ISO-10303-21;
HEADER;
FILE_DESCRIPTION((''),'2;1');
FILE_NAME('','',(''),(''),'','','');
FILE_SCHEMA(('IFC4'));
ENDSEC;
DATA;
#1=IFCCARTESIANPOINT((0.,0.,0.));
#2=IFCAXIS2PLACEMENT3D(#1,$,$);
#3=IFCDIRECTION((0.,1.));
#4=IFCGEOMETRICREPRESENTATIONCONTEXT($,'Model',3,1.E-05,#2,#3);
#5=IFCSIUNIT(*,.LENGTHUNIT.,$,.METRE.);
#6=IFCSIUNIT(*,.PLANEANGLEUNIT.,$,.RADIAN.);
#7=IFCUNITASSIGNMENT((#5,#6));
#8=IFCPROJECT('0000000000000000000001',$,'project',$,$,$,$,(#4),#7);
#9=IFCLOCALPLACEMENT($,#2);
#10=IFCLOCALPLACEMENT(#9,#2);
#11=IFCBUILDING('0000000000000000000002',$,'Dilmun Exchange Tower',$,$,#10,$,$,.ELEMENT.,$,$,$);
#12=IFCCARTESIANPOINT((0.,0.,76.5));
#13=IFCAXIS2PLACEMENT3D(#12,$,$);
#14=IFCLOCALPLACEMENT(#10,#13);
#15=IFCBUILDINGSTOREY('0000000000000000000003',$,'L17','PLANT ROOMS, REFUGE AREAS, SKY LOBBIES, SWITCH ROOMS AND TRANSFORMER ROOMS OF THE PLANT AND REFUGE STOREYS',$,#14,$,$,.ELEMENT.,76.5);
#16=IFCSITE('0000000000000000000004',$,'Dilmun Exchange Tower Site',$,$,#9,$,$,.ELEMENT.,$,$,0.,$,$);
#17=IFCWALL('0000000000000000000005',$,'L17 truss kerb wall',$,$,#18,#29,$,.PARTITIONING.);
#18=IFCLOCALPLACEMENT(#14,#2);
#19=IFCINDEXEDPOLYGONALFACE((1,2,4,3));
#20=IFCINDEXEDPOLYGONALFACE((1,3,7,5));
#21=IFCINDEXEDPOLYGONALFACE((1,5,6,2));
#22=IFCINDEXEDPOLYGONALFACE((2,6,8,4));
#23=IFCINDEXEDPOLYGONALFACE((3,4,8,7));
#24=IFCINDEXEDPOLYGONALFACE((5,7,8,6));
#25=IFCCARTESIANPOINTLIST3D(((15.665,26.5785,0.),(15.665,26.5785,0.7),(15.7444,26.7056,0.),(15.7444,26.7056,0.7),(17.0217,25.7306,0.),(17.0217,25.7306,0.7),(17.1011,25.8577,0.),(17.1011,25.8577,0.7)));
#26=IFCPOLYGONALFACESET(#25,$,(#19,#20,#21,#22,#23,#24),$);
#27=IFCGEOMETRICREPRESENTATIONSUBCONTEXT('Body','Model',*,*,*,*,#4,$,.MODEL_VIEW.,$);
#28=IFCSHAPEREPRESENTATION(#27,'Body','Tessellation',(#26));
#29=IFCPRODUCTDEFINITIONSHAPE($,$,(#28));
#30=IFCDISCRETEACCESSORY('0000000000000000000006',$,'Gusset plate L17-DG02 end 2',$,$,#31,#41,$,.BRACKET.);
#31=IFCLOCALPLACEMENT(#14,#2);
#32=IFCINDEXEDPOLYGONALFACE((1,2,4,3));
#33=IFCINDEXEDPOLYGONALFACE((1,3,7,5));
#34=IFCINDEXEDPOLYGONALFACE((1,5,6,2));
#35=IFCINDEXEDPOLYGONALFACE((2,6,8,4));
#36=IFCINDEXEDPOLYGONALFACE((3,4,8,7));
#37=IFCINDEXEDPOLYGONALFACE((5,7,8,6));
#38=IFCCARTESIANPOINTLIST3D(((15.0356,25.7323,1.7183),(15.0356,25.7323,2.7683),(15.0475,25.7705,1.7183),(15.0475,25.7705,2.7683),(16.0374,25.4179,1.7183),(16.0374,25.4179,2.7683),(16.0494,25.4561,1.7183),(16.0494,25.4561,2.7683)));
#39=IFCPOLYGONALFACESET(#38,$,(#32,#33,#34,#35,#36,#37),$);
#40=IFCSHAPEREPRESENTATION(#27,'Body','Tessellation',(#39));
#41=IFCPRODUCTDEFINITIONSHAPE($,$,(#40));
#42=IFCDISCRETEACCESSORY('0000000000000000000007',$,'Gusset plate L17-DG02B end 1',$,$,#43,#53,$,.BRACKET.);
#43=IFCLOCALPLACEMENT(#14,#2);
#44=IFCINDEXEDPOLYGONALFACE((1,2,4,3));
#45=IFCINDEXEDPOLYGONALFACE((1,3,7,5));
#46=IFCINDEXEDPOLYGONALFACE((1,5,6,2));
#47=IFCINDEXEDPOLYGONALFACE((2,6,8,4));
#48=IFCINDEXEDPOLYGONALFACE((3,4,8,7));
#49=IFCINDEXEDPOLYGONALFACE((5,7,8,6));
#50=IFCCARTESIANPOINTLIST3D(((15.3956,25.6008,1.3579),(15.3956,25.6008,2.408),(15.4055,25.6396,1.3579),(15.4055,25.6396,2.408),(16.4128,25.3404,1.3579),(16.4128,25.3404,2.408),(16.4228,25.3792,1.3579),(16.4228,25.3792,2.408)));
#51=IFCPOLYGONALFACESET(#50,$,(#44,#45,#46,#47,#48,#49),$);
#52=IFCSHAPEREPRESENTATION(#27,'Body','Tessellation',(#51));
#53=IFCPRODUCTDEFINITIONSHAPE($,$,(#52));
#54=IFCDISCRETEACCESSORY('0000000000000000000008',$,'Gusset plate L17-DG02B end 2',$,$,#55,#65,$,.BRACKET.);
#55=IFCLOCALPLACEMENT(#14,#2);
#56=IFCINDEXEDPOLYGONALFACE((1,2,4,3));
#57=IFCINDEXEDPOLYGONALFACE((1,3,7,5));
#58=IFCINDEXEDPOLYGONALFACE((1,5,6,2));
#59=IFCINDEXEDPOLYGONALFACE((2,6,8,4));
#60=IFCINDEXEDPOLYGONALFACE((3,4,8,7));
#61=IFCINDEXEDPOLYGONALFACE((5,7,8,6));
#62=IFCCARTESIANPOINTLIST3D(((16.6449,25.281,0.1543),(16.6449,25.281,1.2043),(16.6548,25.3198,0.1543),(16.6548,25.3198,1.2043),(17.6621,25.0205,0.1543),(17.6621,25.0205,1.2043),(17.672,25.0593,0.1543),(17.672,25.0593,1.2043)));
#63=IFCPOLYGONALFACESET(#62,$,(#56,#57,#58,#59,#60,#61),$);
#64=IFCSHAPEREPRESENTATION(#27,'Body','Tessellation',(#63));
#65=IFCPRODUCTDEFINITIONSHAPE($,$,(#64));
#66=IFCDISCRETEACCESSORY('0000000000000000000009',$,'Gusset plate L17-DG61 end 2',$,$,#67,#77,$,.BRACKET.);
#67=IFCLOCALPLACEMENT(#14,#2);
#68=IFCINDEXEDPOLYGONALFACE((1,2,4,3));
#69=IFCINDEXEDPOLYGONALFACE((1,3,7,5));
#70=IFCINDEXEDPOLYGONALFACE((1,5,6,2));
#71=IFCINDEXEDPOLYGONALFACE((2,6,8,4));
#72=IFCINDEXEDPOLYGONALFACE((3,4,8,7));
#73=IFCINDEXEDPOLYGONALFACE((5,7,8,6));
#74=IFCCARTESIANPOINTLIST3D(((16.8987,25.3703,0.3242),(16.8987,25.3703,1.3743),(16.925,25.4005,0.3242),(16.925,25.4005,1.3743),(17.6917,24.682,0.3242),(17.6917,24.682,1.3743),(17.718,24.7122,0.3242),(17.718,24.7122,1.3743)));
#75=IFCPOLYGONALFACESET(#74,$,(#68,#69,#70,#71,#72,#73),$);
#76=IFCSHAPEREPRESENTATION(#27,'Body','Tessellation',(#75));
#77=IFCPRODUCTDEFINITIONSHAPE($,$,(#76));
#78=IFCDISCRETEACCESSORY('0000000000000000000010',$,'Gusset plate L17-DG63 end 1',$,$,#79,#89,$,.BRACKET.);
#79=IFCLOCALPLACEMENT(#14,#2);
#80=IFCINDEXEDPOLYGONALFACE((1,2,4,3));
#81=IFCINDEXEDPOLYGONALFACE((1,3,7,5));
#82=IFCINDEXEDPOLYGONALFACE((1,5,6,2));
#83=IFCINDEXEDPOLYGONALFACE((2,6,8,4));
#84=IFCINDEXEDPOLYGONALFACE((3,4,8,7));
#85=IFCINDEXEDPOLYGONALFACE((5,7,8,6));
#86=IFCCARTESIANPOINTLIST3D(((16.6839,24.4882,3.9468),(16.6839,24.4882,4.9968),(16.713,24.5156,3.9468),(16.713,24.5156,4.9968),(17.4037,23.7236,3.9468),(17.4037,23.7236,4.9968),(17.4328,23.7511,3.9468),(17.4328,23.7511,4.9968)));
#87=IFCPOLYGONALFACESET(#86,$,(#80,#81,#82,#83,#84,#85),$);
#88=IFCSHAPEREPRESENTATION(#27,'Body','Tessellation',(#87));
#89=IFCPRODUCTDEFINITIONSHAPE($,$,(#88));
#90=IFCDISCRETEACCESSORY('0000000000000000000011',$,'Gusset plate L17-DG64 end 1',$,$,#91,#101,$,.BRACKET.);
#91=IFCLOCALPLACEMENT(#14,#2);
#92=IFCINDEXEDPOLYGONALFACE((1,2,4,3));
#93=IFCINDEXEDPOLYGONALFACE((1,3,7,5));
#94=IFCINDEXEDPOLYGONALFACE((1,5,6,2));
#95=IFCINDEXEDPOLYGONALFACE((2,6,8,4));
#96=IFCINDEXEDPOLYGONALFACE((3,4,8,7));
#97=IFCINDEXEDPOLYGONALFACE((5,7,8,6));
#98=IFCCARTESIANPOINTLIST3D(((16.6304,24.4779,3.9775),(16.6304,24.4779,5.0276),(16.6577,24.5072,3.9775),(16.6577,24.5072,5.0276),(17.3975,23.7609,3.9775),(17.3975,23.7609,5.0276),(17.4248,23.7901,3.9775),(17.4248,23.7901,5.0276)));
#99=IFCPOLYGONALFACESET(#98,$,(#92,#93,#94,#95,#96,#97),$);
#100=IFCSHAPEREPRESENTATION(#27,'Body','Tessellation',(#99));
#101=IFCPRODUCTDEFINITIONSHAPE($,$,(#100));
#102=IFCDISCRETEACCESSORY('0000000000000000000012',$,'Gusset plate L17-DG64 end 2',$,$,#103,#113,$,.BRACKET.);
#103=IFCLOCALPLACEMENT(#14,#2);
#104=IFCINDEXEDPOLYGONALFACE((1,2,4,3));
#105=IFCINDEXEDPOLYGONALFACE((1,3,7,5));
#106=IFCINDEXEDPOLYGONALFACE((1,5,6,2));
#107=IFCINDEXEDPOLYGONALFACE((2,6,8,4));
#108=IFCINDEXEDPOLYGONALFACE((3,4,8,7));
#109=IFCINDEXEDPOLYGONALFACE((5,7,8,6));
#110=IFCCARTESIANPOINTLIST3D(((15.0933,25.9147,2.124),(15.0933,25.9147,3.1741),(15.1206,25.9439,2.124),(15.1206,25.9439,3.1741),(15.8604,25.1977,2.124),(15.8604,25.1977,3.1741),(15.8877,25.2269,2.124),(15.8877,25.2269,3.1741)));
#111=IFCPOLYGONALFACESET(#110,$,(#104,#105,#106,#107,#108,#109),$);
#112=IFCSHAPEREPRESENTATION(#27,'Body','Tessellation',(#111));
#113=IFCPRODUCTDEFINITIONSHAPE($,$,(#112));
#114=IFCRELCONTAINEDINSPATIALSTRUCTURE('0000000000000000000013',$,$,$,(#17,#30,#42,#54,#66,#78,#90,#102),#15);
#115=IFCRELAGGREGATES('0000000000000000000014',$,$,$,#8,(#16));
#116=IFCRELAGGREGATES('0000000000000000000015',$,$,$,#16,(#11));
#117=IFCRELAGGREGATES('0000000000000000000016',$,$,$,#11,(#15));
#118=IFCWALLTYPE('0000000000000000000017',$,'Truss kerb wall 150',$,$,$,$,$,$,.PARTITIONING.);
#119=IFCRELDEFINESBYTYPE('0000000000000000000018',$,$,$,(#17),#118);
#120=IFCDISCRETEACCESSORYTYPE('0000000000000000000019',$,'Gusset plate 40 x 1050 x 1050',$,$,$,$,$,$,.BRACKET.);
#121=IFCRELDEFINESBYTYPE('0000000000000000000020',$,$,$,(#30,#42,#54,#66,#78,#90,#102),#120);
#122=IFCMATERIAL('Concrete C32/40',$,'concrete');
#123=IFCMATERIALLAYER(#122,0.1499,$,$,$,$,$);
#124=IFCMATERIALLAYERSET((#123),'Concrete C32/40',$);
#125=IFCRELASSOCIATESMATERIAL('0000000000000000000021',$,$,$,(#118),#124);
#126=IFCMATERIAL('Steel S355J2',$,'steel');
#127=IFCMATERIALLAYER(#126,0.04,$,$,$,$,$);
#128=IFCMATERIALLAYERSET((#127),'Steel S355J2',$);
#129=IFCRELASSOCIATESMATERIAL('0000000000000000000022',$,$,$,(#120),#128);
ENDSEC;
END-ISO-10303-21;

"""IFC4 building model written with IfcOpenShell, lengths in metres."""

from ifc_helpers import new_model, si_unit, direction, frame, frame_2d, origin, origin_2d, place, context, subcontext, project, spatial, rectangle, extrude, material, layer, layer_set, type_object, element, save


model = new_model("IFC4")

# Units and contexts
model_context = context("Model", 3, precision=1e-05, world=origin(), true_north=direction((0.0, 1.0)))
body_context = subcontext(model_context, "Body", "Model", "MODEL_VIEW")
ifc_project = project(units=[si_unit("LENGTHUNIT", "METRE"), si_unit("PLANEANGLEUNIT", "RADIAN")], contexts=[model_context])

# Site, building, storey
site_placement = place(None, origin())
site = spatial("IfcSite", under=ifc_project, at=site_placement, Name="Dilmun Exchange Tower Site", CompositionType="ELEMENT", RefElevation=0.0)
building_placement = place(site_placement, origin())
building = spatial("IfcBuilding", under=site, at=building_placement, Name="Dilmun Exchange Tower", CompositionType="ELEMENT")
storey_placement = place(building_placement, frame((0.0, 0.0, 76.5)))
storey = spatial("IfcBuildingStorey", under=building, at=storey_placement, Name="L17", Description="PLANT ROOMS, REFUGE AREAS, SKY LOBBIES, SWITCH ROOMS AND TRANSFORMER ROOMS OF THE PLANT AND REFUGE STOREYS", CompositionType="ELEMENT", Elevation=76.5)

# Wall
ifc_material_1 = material(Name="Concrete C32/40", Category="concrete")
ifc_layer_1 = layer(ifc_material_1, 0.1499)
ifc_layer_set_1 = layer_set([ifc_layer_1], Name="Concrete C32/40")
wall_type_1 = type_object("IfcWallType", Name="Truss kerb wall 150", PredefinedType="PARTITIONING", material=ifc_layer_set_1)
wall_1_placement = place(storey_placement, frame((17.0613, 25.7942, 0.0), z_axis=(0.0, 0.0, 1.0), x_axis=(-0.848007, 0.529985, 0.0)))
element("IfcWall", 1, at=wall_1_placement, inside=storey, type_object=wall_type_1, Name="L17 truss kerb wall", PredefinedType="PARTITIONING", context=body_context, shape_type="SweptSolid", body=[
    extrude(rectangle(XDim=1.5999, YDim=0.1499, at=frame_2d((0.7998, 0.0))), origin(), (0.0, 0.0, 1.0), 0.7),
])

# Discrete accessories
ifc_material_2 = material(Name="Steel S355J2", Category="steel")
ifc_layer_2 = layer(ifc_material_2, 0.04)
ifc_layer_set_2 = layer_set([ifc_layer_2], Name="Steel S355J2")
discrete_accessory_type = type_object("IfcDiscreteAccessoryType", Name="Gusset plate 40 x 1050 x 1050", PredefinedType="BRACKET", material=ifc_layer_set_2)
for number, where, z_axis, x_axis, name in (
    (2, (15.5425, 25.5942, 1.7183), (0.0, 0.0, 1.0), (0.954118, -0.299432, 0.0), "Gusset plate L17-DG02 end 2"),
    (3, (15.9092, 25.49, 1.3579), (0.0, 0.0, 1.0), (0.968752, -0.248031, 0.0), "Gusset plate L17-DG02B end 1"),
    (4, (17.1584, 25.1702, 0.1543), (0.0, 0.0, 1.0), (0.968752, -0.248031, 0.0), "Gusset plate L17-DG02B end 2"),
    (5, (17.3083, 25.0413, 0.3242), (0.0, 0.0, 1.0), (-0.755189, 0.655507, 0.0), "Gusset plate L17-DG61 end 2"),
    (6, (17.0583, 24.1196, 3.9468), (0.0, 0.0, 1.0), (-0.685479, 0.728092, 0.0), "Gusset plate L17-DG63 end 1"),
    (7, (17.0276, 24.134, 3.9775), (0.0, 0.0, 1.0), (-0.730545, 0.682865, 0.0), "Gusset plate L17-DG64 end 1"),
    (8, (15.4905, 25.5708, 2.124), (0.0, 0.0, 1.0), (-0.730545, 0.682865, 0.0), "Gusset plate L17-DG64 end 2"),
):
    element("IfcDiscreteAccessory", number, at=place(storey_placement, frame(where, z_axis=z_axis, x_axis=x_axis)), inside=storey, type_object=discrete_accessory_type, Name=name, PredefinedType="BRACKET", context=body_context, shape_type="SweptSolid", body=[
        extrude(rectangle(XDim=1.05, YDim=0.04, at=origin_2d()), origin(), (0.0, 0.0, 1.0), 1.05),
    ])

save(model, "model.ifc")
